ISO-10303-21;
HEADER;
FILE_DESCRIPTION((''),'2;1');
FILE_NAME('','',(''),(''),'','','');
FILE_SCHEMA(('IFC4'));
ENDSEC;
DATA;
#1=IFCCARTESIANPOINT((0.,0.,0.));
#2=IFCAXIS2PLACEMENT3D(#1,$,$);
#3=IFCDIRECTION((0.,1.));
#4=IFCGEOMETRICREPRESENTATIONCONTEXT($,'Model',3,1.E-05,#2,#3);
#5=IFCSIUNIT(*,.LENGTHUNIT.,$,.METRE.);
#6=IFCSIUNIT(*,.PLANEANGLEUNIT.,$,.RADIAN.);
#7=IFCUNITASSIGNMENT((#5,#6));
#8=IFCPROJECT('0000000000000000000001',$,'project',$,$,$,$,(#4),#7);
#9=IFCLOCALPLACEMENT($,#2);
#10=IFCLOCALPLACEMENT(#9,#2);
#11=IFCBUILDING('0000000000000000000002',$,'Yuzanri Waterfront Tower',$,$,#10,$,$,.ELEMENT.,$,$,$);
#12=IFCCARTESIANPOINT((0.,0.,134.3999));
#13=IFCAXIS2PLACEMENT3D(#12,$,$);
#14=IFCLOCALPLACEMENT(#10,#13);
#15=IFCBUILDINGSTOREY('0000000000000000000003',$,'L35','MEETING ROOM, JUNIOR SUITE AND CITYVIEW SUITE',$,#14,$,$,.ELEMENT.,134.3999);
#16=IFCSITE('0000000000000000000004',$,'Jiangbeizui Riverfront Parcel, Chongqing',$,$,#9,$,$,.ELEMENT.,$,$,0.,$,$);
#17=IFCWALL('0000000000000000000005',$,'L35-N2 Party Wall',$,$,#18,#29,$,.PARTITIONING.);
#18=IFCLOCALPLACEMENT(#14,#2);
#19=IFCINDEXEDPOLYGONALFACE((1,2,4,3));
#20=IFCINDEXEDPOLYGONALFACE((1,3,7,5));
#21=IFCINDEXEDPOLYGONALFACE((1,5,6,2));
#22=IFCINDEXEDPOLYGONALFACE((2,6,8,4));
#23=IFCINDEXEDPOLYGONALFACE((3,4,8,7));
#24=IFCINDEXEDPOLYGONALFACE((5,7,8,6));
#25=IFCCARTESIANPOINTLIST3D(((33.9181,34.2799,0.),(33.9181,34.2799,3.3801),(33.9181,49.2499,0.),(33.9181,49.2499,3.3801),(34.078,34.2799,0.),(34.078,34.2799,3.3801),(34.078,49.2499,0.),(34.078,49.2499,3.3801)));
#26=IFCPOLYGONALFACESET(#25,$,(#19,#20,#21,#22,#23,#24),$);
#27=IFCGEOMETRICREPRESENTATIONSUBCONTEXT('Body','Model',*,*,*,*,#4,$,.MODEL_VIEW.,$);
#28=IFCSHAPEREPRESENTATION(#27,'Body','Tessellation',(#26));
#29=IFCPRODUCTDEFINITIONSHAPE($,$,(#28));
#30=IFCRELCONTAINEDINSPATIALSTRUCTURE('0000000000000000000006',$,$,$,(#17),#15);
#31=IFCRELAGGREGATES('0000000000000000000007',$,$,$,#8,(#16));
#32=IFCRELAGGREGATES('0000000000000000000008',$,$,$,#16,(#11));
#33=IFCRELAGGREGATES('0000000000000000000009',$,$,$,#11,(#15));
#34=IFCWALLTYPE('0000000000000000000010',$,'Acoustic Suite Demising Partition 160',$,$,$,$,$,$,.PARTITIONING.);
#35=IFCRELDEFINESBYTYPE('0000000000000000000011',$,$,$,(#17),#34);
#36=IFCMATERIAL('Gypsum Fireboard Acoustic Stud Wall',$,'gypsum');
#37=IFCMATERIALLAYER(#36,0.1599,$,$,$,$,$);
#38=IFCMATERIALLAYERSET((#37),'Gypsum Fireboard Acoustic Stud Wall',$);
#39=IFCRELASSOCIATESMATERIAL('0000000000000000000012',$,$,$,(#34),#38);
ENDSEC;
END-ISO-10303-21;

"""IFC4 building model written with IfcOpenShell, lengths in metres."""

from ifc_helpers import new_model, si_unit, direction, frame, frame_2d, origin, place, context, subcontext, project, spatial, rectangle, extrude, source, transform, mapped, material, layer, layer_set, type_object, element, save


model = new_model("IFC4")

# Units and contexts
model_context = context("Model", 3, precision=1e-05, world=origin(), true_north=direction((0.0, 1.0)))
body_context = subcontext(model_context, "Body", "Model", "MODEL_VIEW")
ifc_project = project(units=[si_unit("LENGTHUNIT", "METRE"), si_unit("PLANEANGLEUNIT", "RADIAN")], contexts=[model_context])

# Site, building, storey
site_placement = place(None, origin())
site = spatial("IfcSite", under=ifc_project, at=site_placement, Name="Jiangbeizui Riverfront Parcel, Chongqing", CompositionType="ELEMENT", RefElevation=0.0)
building_placement = place(site_placement, origin())
building = spatial("IfcBuilding", under=site, at=building_placement, Name="Yuzanri Waterfront Tower", CompositionType="ELEMENT")
storey_placement = place(building_placement, frame((0.0, 0.0, 134.3999)))
storey = spatial("IfcBuildingStorey", under=building, at=storey_placement, Name="L35", Description="MEETING ROOM, JUNIOR SUITE AND CITYVIEW SUITE", CompositionType="ELEMENT", Elevation=134.3999)

# Wall
ifc_material_1 = material(Name="Gypsum Fireboard Acoustic Stud Wall", Category="gypsum")
ifc_layer_1 = layer(ifc_material_1, 0.1599)
ifc_layer_set_1 = layer_set([ifc_layer_1], Name="Gypsum Fireboard Acoustic Stud Wall")
wall_type_1 = type_object("IfcWallType", Name="Acoustic Suite Demising Partition 160", PredefinedType="PARTITIONING", material=ifc_layer_set_1)
shared_shape_1 = source(origin(), body_context, "Body", "SweptSolid", [
    extrude(rectangle(XDim=14.97, YDim=0.1599, at=frame_2d((7.4849, 0.0))), origin(), (0.0, 0.0, 1.0), 3.3801),
])
for number, where, z_axis, x_axis, name in (
    (1, (33.998, 34.28, 0.0), (0.0, 0.0, 1.0), (0.0, 1.0, 0.0), "L35-N2 Party Wall"),
):
    element("IfcWall", number, at=place(storey_placement, frame(where, z_axis=z_axis, x_axis=x_axis)), inside=storey, type_object=wall_type_1, Name=name, PredefinedType="PARTITIONING", context=body_context, shape_type="MappedRepresentation", body=[
        mapped(shared_shape_1, transform((0.0, 0.0, 0.0), scale=1.0)),
    ])

save(model, "model.ifc")
